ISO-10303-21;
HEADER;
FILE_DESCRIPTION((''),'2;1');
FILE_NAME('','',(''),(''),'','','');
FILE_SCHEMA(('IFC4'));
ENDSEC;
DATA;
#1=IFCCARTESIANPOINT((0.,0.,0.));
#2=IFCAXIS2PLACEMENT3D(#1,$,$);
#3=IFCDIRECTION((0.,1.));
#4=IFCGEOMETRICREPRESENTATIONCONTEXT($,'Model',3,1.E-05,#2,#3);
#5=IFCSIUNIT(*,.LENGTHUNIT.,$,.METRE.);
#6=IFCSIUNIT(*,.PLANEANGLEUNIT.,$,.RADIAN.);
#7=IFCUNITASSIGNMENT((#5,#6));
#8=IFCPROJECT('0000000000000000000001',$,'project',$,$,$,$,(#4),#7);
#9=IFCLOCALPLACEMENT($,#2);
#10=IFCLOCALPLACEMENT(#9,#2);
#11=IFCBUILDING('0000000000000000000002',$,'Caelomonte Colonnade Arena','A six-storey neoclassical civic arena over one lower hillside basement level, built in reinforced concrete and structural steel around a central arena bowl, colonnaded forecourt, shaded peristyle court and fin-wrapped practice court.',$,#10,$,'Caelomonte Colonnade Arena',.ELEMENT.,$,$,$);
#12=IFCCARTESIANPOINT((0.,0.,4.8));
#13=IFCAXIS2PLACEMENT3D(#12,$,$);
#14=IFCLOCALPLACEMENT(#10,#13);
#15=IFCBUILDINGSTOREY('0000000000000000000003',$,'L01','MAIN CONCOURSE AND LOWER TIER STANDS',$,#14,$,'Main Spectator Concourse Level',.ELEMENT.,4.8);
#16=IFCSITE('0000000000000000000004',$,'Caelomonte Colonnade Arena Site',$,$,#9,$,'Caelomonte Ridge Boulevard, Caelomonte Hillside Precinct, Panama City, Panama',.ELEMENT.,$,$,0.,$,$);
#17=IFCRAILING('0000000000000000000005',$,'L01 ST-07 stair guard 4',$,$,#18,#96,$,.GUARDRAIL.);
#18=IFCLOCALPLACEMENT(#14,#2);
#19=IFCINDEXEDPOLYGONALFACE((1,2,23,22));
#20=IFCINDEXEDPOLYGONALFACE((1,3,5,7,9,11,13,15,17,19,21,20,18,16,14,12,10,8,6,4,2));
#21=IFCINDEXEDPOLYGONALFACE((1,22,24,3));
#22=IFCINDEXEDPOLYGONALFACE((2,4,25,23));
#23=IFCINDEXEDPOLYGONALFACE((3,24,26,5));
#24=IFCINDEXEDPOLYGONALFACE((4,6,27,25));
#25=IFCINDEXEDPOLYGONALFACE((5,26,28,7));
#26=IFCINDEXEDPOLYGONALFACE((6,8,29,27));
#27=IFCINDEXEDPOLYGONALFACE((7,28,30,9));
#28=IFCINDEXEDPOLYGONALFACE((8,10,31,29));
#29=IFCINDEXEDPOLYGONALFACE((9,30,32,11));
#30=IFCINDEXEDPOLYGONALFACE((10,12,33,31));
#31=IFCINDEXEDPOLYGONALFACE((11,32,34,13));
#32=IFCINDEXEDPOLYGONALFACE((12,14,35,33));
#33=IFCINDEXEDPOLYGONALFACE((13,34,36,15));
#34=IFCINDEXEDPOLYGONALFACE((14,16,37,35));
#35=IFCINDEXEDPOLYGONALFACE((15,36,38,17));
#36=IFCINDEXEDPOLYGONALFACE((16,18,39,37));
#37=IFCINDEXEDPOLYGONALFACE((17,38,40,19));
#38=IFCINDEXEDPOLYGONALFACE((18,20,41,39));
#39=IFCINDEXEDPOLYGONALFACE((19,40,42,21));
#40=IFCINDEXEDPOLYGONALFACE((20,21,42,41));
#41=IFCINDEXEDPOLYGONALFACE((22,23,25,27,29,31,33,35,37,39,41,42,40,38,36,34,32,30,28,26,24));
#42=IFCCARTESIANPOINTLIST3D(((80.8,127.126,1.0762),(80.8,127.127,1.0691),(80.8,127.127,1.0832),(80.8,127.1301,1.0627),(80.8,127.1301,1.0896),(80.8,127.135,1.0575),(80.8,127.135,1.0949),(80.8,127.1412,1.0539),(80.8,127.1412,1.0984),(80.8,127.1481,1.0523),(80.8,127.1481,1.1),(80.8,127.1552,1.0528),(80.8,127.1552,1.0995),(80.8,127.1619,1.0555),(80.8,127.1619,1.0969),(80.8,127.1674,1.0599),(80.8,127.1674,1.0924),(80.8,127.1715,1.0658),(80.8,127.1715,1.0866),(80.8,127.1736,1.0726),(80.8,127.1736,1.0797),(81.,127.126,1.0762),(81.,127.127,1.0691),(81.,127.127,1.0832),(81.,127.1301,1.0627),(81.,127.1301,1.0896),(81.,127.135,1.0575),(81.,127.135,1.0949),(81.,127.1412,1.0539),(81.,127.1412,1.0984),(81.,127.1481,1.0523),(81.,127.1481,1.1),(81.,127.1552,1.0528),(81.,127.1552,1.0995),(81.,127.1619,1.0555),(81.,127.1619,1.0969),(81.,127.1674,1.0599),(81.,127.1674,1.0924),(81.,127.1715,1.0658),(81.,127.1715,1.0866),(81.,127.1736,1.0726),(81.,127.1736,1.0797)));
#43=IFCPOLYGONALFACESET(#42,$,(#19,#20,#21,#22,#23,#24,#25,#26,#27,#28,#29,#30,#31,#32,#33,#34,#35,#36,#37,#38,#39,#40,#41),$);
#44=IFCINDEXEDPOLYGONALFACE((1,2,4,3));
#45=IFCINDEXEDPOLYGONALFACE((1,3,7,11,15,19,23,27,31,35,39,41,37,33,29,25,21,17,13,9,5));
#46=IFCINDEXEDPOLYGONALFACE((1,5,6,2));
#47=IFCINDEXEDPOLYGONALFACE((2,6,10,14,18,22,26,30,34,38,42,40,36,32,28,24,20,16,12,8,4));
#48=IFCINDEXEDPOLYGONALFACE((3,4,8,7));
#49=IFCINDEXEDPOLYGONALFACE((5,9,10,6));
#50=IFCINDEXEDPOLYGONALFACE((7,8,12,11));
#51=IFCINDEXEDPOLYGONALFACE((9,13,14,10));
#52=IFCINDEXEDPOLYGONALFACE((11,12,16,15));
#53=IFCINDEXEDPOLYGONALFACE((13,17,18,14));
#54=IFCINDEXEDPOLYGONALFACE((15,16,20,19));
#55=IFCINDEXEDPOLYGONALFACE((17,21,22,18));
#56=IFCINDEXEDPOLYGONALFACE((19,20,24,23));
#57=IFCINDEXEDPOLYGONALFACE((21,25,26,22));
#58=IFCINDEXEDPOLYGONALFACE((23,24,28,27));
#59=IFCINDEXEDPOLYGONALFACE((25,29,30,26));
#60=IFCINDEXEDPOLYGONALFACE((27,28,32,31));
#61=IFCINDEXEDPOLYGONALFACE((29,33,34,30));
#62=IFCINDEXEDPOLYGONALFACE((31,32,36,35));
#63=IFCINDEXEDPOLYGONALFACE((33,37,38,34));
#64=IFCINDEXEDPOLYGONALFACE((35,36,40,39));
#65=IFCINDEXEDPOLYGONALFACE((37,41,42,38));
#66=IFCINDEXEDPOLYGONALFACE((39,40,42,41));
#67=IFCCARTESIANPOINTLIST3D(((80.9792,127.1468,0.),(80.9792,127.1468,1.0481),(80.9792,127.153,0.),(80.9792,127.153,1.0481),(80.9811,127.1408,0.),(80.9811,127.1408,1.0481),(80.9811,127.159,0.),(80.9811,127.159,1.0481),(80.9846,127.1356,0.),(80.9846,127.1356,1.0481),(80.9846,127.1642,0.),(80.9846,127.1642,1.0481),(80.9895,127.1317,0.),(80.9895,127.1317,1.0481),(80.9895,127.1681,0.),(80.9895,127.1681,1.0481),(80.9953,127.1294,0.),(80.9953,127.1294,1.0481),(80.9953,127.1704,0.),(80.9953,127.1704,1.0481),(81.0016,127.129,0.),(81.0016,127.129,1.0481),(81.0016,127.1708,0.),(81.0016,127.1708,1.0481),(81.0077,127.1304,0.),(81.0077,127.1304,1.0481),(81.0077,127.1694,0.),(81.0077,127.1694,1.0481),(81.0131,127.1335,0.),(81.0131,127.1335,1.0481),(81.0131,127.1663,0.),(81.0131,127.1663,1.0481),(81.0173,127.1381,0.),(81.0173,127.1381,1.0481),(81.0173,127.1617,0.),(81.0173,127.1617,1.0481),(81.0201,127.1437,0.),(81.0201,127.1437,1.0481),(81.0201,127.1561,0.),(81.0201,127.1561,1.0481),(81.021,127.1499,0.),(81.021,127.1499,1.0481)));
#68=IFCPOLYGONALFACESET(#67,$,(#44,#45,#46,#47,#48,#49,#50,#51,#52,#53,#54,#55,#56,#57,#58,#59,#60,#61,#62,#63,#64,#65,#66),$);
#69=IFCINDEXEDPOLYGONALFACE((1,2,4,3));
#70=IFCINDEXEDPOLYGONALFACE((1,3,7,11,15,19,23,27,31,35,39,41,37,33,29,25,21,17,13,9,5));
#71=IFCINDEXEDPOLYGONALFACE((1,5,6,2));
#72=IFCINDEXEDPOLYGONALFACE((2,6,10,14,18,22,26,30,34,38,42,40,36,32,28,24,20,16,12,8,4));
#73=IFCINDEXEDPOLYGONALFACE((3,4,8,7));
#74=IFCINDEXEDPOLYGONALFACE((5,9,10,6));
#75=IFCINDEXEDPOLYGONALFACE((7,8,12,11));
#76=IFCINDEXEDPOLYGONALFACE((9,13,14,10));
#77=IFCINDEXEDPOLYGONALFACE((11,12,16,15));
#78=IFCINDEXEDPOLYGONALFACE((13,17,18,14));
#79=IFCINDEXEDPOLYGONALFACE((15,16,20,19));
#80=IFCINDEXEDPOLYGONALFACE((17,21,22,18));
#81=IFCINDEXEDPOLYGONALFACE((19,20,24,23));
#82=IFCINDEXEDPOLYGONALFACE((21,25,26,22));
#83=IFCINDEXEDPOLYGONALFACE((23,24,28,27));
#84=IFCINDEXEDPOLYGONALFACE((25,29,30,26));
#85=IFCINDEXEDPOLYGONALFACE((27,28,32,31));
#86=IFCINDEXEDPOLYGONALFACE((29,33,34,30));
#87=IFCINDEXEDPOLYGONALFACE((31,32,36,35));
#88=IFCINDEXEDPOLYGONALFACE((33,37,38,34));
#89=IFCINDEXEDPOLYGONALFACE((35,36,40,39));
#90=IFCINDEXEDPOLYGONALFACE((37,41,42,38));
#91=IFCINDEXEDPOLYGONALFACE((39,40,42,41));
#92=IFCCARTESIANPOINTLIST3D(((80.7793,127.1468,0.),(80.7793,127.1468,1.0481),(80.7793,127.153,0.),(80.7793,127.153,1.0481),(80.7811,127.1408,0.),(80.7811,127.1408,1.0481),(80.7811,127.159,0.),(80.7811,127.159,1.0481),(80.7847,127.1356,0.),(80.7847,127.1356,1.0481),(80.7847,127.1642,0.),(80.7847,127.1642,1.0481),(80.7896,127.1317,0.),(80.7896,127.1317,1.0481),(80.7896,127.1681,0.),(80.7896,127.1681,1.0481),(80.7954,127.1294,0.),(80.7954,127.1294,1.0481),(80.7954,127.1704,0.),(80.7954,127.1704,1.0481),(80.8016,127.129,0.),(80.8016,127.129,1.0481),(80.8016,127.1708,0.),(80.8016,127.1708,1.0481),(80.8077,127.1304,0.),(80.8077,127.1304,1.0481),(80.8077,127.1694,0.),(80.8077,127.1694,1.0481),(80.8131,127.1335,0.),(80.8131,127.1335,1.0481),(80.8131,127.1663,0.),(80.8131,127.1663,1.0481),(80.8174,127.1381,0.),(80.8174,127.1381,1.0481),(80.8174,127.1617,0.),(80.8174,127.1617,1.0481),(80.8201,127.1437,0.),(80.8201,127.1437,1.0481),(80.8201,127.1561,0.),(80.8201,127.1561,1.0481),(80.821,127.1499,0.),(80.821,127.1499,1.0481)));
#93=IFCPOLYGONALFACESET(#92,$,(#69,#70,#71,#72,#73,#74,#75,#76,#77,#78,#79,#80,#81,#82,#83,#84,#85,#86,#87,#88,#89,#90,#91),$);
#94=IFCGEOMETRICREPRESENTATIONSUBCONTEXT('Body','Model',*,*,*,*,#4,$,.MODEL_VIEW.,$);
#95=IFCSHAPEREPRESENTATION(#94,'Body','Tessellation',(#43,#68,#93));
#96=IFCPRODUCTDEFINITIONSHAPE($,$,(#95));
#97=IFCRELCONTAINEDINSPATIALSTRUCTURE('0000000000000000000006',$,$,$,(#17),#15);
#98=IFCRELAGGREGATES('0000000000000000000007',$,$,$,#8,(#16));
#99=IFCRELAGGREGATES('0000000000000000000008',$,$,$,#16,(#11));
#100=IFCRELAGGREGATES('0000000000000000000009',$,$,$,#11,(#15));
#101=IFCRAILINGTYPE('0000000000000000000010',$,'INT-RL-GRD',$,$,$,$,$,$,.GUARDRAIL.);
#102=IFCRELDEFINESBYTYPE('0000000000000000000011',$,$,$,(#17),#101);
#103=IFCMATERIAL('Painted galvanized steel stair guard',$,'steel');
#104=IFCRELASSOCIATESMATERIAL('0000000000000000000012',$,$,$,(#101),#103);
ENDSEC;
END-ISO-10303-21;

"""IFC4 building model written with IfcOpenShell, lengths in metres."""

from ifc_helpers import new_model, si_unit, direction, frame, origin, origin_2d, place, context, subcontext, project, spatial, circle, extrude, material, type_object, element, save


model = new_model("IFC4")

# Units and contexts
model_context = context("Model", 3, precision=1e-05, world=origin(), true_north=direction((0.0, 1.0)))
body_context = subcontext(model_context, "Body", "Model", "MODEL_VIEW")
ifc_project = project(units=[si_unit("LENGTHUNIT", "METRE"), si_unit("PLANEANGLEUNIT", "RADIAN")], contexts=[model_context])

# Site, building, storey
site_placement = place(None, origin())
site = spatial("IfcSite", under=ifc_project, at=site_placement, Name="Caelomonte Colonnade Arena Site", LongName="Caelomonte Ridge Boulevard, Caelomonte Hillside Precinct, Panama City, Panama", CompositionType="ELEMENT", RefElevation=0.0)
building_placement = place(site_placement, origin())
building = spatial("IfcBuilding", under=site, at=building_placement, Name="Caelomonte Colonnade Arena", Description="A six-storey neoclassical civic arena over one lower hillside basement level, built in reinforced concrete and structural steel around a central arena bowl, colonnaded forecourt, shaded peristyle court and fin-wrapped practice court.", LongName="Caelomonte Colonnade Arena", CompositionType="ELEMENT")
storey_placement = place(building_placement, frame((0.0, 0.0, 4.8)))
storey = spatial("IfcBuildingStorey", under=building, at=storey_placement, Name="L01", Description="MAIN CONCOURSE AND LOWER TIER STANDS", LongName="Main Spectator Concourse Level", CompositionType="ELEMENT", Elevation=4.8)

# Railing
ifc_material_1 = material(Name="Painted galvanized steel stair guard", Category="steel")
railing_type_1 = type_object("IfcRailingType", Name="INT-RL-GRD", PredefinedType="GUARDRAIL", material=ifc_material_1)
railing_1_placement = place(storey_placement, frame((81.0, 127.1499, 0.0)))
element("IfcRailing", 1, at=railing_1_placement, inside=storey, type_object=railing_type_1, Name="L01 ST-07 stair guard 4", PredefinedType="GUARDRAIL", context=body_context, shape_type="SweptSolid", body=[
    extrude(circle(Radius=0.0239, at=origin_2d()), frame((0.0, 0.0, 1.0762), z_axis=(-1.0, 0.0, 0.0), x_axis=(0.0, -1.0, 0.0)), (0.0, 0.0, 1.0), 0.2),
    extrude(circle(Radius=0.021, at=origin_2d()), origin(), (0.0, 0.0, 1.0), 1.0481),
    extrude(circle(Radius=0.021, at=origin_2d()), frame((-0.2, 0.0, 0.0)), (0.0, 0.0, 1.0), 1.0481),
])

save(model, "model.ifc")
